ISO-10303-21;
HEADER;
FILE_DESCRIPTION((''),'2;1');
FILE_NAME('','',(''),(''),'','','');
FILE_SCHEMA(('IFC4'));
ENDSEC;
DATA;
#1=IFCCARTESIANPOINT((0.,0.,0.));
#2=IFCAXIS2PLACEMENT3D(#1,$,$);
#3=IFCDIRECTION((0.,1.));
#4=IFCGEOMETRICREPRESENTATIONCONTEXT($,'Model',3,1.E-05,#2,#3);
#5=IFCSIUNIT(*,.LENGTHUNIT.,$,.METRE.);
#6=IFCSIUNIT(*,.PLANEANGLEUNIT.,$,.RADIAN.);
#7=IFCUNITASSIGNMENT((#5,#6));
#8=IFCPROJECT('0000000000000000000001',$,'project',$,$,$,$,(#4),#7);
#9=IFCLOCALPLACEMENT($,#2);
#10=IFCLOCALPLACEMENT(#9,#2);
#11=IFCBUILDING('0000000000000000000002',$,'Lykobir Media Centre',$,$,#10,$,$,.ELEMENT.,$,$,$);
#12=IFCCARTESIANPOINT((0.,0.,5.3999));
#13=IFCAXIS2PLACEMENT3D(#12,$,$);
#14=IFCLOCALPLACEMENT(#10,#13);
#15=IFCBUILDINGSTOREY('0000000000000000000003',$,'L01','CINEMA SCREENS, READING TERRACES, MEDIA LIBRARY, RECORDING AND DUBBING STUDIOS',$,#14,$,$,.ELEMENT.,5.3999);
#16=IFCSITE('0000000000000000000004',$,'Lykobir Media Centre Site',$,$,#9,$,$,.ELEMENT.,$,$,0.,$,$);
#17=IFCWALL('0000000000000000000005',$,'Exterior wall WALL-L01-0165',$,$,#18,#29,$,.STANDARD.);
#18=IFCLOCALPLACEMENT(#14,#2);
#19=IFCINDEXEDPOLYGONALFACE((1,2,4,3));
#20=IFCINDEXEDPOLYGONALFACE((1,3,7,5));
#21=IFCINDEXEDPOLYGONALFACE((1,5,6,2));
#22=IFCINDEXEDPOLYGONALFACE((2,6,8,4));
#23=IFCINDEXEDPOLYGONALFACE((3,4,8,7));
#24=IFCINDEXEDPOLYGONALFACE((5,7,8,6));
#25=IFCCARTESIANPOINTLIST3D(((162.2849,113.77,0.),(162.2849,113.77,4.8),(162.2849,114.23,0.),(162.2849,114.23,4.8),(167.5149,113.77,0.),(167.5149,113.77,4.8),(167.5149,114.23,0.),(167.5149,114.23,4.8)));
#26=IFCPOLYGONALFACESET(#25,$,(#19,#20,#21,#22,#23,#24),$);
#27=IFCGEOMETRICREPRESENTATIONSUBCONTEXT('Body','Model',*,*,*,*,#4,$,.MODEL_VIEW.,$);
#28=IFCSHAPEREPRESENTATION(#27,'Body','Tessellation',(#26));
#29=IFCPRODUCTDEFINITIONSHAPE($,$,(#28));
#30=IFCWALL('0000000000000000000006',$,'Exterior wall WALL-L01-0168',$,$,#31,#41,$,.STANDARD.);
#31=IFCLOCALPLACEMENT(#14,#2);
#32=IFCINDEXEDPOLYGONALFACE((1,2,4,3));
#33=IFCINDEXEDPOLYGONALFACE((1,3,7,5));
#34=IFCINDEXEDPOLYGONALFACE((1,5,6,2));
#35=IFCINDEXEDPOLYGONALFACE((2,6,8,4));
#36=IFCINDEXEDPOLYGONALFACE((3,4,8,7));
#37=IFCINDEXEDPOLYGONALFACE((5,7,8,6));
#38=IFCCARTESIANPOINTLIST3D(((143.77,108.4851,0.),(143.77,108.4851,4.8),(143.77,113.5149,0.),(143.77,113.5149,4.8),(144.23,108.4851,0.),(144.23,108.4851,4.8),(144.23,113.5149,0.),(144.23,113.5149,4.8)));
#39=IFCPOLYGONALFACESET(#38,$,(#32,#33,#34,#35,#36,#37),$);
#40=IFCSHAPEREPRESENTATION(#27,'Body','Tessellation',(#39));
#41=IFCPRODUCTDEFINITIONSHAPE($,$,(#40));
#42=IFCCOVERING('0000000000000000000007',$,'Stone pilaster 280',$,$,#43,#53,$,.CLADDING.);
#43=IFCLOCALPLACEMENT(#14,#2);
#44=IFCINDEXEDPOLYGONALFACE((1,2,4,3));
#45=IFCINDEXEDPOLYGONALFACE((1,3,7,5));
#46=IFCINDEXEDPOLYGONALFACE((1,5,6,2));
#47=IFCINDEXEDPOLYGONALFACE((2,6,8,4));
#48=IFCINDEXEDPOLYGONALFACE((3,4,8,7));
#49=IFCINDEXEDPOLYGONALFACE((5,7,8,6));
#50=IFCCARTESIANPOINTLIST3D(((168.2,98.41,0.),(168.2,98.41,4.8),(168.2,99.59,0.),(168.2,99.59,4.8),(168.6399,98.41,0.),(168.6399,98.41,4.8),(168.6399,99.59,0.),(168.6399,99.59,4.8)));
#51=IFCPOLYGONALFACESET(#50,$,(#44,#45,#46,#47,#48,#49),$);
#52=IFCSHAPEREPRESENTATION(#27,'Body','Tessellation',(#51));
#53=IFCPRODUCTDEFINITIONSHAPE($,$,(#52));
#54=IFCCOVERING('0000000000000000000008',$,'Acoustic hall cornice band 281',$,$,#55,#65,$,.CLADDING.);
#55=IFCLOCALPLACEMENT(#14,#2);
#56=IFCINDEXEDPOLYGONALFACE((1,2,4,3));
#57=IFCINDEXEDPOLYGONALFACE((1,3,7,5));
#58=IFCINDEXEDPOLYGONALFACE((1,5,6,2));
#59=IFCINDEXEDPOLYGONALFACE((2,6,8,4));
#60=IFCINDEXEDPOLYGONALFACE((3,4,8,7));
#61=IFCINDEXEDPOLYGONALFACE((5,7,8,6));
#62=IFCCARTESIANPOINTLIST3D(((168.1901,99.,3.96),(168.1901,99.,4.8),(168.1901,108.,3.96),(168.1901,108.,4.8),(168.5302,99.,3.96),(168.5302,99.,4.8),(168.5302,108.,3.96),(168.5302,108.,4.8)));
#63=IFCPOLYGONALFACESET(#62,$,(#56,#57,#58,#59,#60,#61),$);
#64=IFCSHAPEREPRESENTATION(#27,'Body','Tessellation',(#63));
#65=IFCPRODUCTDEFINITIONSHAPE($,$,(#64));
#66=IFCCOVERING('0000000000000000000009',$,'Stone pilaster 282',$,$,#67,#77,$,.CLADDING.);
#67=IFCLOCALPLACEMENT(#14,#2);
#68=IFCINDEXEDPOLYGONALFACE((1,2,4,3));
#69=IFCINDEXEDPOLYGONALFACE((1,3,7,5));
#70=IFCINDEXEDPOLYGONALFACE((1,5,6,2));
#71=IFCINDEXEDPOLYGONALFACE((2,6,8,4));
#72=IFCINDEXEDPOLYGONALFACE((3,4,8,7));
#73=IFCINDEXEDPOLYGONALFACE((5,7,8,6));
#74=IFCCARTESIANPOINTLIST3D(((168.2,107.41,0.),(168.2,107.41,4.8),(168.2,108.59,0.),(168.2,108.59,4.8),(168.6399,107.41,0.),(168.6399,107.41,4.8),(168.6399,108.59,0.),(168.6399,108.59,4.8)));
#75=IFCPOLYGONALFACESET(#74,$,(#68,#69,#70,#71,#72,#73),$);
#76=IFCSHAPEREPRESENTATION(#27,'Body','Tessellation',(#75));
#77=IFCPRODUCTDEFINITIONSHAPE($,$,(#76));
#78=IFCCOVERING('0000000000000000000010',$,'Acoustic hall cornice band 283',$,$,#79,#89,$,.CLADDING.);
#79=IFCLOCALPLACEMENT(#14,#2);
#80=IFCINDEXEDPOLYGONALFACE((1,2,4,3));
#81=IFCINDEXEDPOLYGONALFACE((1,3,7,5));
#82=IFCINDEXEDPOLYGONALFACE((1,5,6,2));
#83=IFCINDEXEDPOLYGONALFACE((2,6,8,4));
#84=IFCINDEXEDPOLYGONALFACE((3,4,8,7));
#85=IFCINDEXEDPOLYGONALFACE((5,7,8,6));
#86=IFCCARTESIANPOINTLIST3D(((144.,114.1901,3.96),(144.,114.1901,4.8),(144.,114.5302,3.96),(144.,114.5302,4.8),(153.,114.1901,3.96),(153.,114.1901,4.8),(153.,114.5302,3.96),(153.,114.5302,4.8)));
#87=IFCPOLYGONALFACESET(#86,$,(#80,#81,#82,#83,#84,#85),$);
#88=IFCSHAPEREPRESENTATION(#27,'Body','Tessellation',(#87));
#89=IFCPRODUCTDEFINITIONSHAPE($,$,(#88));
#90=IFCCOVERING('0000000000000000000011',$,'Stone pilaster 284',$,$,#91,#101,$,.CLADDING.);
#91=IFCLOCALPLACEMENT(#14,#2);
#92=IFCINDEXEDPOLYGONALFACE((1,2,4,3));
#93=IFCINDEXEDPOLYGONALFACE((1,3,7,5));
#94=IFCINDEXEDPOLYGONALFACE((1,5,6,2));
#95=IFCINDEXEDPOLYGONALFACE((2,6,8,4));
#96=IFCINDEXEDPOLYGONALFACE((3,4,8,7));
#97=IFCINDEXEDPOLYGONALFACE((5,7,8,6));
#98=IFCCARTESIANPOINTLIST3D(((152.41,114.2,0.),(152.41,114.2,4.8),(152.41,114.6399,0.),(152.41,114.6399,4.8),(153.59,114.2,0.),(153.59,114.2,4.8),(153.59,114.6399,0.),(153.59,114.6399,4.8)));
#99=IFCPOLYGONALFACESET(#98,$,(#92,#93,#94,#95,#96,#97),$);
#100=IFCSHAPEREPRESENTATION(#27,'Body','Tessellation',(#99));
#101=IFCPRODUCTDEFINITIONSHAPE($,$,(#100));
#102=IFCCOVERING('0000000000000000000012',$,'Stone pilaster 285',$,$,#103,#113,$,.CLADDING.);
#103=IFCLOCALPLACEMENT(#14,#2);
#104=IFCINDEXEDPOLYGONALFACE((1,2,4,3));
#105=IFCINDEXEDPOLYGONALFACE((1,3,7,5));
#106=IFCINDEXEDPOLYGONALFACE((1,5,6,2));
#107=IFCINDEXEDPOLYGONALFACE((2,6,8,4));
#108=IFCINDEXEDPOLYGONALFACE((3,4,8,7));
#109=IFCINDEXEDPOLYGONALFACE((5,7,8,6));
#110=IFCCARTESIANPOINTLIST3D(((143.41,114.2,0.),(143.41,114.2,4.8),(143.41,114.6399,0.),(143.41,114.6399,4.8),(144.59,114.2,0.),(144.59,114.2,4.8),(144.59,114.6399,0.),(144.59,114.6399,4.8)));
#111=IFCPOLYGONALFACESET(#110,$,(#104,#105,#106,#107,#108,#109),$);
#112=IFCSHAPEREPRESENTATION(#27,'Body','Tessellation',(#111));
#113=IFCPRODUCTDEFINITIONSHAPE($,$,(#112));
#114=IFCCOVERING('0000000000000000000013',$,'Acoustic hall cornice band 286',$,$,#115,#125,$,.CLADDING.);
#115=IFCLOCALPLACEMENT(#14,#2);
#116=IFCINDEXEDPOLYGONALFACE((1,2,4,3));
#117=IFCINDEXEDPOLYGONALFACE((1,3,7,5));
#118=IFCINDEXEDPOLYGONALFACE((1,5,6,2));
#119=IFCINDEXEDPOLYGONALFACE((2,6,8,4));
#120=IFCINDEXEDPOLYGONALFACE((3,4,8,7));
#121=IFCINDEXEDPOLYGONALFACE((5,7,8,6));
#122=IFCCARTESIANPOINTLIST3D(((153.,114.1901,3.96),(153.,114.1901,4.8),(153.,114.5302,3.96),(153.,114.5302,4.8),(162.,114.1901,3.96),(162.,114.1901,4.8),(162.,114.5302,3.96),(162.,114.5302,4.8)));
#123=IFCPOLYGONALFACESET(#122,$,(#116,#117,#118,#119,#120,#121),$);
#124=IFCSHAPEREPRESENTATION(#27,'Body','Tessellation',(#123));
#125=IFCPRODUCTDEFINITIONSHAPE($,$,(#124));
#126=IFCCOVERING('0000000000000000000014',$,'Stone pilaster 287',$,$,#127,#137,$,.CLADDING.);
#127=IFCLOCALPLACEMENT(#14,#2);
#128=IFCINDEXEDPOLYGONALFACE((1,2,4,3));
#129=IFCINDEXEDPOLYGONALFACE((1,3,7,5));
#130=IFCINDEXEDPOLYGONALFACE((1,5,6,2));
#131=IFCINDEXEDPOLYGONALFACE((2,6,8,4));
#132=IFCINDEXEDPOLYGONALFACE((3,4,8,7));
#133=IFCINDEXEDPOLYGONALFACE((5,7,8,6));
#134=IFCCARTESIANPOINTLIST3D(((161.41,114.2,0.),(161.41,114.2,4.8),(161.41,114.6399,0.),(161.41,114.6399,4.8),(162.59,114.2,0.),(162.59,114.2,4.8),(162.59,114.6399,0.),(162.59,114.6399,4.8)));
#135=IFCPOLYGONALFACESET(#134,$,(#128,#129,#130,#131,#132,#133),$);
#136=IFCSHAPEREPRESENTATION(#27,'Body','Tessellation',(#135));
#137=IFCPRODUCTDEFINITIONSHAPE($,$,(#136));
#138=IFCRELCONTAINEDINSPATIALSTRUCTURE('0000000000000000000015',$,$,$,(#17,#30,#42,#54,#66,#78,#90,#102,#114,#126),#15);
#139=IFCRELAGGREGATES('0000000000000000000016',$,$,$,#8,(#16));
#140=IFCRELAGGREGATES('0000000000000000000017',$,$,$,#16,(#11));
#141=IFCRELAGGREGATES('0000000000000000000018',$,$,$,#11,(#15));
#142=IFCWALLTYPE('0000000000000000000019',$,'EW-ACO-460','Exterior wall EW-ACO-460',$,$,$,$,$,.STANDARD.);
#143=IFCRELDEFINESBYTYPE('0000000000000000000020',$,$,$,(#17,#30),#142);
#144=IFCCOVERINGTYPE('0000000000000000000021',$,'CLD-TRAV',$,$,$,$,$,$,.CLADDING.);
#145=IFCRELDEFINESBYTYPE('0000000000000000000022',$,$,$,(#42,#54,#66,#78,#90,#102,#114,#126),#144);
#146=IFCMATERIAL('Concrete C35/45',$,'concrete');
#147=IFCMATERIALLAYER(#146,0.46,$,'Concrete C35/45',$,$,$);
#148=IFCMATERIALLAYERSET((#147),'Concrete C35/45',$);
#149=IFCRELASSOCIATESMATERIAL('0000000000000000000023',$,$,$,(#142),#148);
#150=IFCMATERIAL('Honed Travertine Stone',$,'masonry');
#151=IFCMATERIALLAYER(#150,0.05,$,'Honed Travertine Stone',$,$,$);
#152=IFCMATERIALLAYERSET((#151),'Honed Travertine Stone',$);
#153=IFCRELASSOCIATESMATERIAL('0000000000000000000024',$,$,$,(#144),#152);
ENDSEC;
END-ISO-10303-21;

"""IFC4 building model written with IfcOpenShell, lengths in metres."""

from ifc_helpers import new_model, si_unit, direction, frame, frame_2d, origin, origin_2d, place, context, subcontext, project, spatial, rectangle, extrude, material, layer, layer_set, type_object, element, save


model = new_model("IFC4")

# Units and contexts
model_context = context("Model", 3, precision=1e-05, world=origin(), true_north=direction((0.0, 1.0)))
body_context = subcontext(model_context, "Body", "Model", "MODEL_VIEW")
ifc_project = project(units=[si_unit("LENGTHUNIT", "METRE"), si_unit("PLANEANGLEUNIT", "RADIAN")], contexts=[model_context])

# Site, building, storey
site_placement = place(None, origin())
site = spatial("IfcSite", under=ifc_project, at=site_placement, Name="Lykobir Media Centre Site", CompositionType="ELEMENT", RefElevation=0.0)
building_placement = place(site_placement, origin())
building = spatial("IfcBuilding", under=site, at=building_placement, Name="Lykobir Media Centre", CompositionType="ELEMENT")
storey_placement = place(building_placement, frame((0.0, 0.0, 5.3999)))
storey = spatial("IfcBuildingStorey", under=building, at=storey_placement, Name="L01", Description="CINEMA SCREENS, READING TERRACES, MEDIA LIBRARY, RECORDING AND DUBBING STUDIOS", CompositionType="ELEMENT", Elevation=5.3999)

# Shared definitions
ifc_material_1 = material(Name="Honed Travertine Stone", Category="masonry")

# Walls
ifc_material_2 = material(Name="Concrete C35/45", Category="concrete")
ifc_layer_1 = layer(ifc_material_2, 0.46, Name="Concrete C35/45")
ifc_layer_set_1 = layer_set([ifc_layer_1], Name="Concrete C35/45")
wall_type = type_object("IfcWallType", Name="EW-ACO-460", Description="Exterior wall EW-ACO-460", PredefinedType="STANDARD", material=ifc_layer_set_1)
wall_1_placement = place(storey_placement, frame((167.5149, 114.0, 0.0), z_axis=(0.0, 0.0, 1.0), x_axis=(-1.0, 0.0, 0.0)))
element("IfcWall", 1, at=wall_1_placement, inside=storey, type_object=wall_type, Name="Exterior wall WALL-L01-0165", PredefinedType="STANDARD", context=body_context, shape_type="SweptSolid", body=[
    extrude(rectangle(XDim=5.23, YDim=0.46, at=frame_2d((2.615, 0.0))), origin(), (0.0, 0.0, 1.0), 4.8),
])
wall_2_placement = place(storey_placement, frame((144.0, 113.5149, 0.0), z_axis=(0.0, 0.0, 1.0), x_axis=(0.0, -1.0, 0.0)))
element("IfcWall", 2, at=wall_2_placement, inside=storey, type_object=wall_type, Name="Exterior wall WALL-L01-0168", PredefinedType="STANDARD", context=body_context, shape_type="SweptSolid", body=[
    extrude(rectangle(XDim=5.0298, YDim=0.46, at=frame_2d((2.5149, 0.0))), origin(), (0.0, 0.0, 1.0), 4.8),
])

# Coverings
ifc_layer_2 = layer(ifc_material_1, 0.05, Name="Honed Travertine Stone")
ifc_layer_set_2 = layer_set([ifc_layer_2], Name="Honed Travertine Stone")
covering_type = type_object("IfcCoveringType", Name="CLD-TRAV", PredefinedType="CLADDING", material=ifc_layer_set_2)
covering_1_placement = place(storey_placement, frame((168.4199, 99.0, 0.0), z_axis=(0.0, 0.0, 1.0), x_axis=(0.0, 1.0, 0.0)))
element("IfcCovering", 3, at=covering_1_placement, inside=storey, type_object=covering_type, Name="Stone pilaster 280", PredefinedType="CLADDING", context=body_context, shape_type="SweptSolid", body=[
    extrude(rectangle(XDim=1.1799, YDim=0.4399, at=origin_2d()), origin(), (0.0, 0.0, 1.0), 4.8),
])
covering_2_placement = place(storey_placement, frame((168.3601, 103.5, 3.96), z_axis=(0.0, 0.0, 1.0), x_axis=(0.0, 1.0, 0.0)))
element("IfcCovering", 4, at=covering_2_placement, inside=storey, type_object=covering_type, Name="Acoustic hall cornice band 281", PredefinedType="CLADDING", context=body_context, shape_type="SweptSolid", body=[
    extrude(rectangle(XDim=9.0, YDim=0.3401, at=origin_2d()), origin(), (0.0, 0.0, 1.0), 0.8401),
])
covering_3_placement = place(storey_placement, frame((168.4199, 108.0, 0.0), z_axis=(0.0, 0.0, 1.0), x_axis=(0.0, 1.0, 0.0)))
element("IfcCovering", 5, at=covering_3_placement, inside=storey, type_object=covering_type, Name="Stone pilaster 282", PredefinedType="CLADDING", context=body_context, shape_type="SweptSolid", body=[
    extrude(rectangle(XDim=1.1799, YDim=0.4399, at=origin_2d()), origin(), (0.0, 0.0, 1.0), 4.8),
])
covering_4_placement = place(storey_placement, frame((148.5, 114.3601, 3.96), z_axis=(0.0, 0.0, 1.0), x_axis=(-1.0, 0.0, 0.0)))
element("IfcCovering", 6, at=covering_4_placement, inside=storey, type_object=covering_type, Name="Acoustic hall cornice band 283", PredefinedType="CLADDING", context=body_context, shape_type="SweptSolid", body=[
    extrude(rectangle(XDim=9.0, YDim=0.3401, at=origin_2d()), origin(), (0.0, 0.0, 1.0), 0.8401),
])
for number, where, z_axis, x_axis, name in (
    (7, (153.0, 114.4199, 0.0), (0.0, 0.0, 1.0), (-1.0, 0.0, 0.0), "Stone pilaster 284"),
    (8, (144.0, 114.4199, 0.0), (0.0, 0.0, 1.0), (-1.0, 0.0, 0.0), "Stone pilaster 285"),
):
    element("IfcCovering", number, at=place(storey_placement, frame(where, z_axis=z_axis, x_axis=x_axis)), inside=storey, type_object=covering_type, Name=name, PredefinedType="CLADDING", context=body_context, shape_type="SweptSolid", body=[
        extrude(rectangle(XDim=1.1799, YDim=0.4399, at=origin_2d()), origin(), (0.0, 0.0, 1.0), 4.8),
    ])
covering_5_placement = place(storey_placement, frame((157.5, 114.3601, 3.96), z_axis=(0.0, 0.0, 1.0), x_axis=(-1.0, 0.0, 0.0)))
element("IfcCovering", 9, at=covering_5_placement, inside=storey, type_object=covering_type, Name="Acoustic hall cornice band 286", PredefinedType="CLADDING", context=body_context, shape_type="SweptSolid", body=[
    extrude(rectangle(XDim=9.0, YDim=0.3401, at=origin_2d()), origin(), (0.0, 0.0, 1.0), 0.8401),
])
covering_6_placement = place(storey_placement, frame((162.0, 114.4199, 0.0), z_axis=(0.0, 0.0, 1.0), x_axis=(-1.0, 0.0, 0.0)))
element("IfcCovering", 10, at=covering_6_placement, inside=storey, type_object=covering_type, Name="Stone pilaster 287", PredefinedType="CLADDING", context=body_context, shape_type="SweptSolid", body=[
    extrude(rectangle(XDim=1.1799, YDim=0.4399, at=origin_2d()), origin(), (0.0, 0.0, 1.0), 4.8),
])

save(model, "model.ifc")
